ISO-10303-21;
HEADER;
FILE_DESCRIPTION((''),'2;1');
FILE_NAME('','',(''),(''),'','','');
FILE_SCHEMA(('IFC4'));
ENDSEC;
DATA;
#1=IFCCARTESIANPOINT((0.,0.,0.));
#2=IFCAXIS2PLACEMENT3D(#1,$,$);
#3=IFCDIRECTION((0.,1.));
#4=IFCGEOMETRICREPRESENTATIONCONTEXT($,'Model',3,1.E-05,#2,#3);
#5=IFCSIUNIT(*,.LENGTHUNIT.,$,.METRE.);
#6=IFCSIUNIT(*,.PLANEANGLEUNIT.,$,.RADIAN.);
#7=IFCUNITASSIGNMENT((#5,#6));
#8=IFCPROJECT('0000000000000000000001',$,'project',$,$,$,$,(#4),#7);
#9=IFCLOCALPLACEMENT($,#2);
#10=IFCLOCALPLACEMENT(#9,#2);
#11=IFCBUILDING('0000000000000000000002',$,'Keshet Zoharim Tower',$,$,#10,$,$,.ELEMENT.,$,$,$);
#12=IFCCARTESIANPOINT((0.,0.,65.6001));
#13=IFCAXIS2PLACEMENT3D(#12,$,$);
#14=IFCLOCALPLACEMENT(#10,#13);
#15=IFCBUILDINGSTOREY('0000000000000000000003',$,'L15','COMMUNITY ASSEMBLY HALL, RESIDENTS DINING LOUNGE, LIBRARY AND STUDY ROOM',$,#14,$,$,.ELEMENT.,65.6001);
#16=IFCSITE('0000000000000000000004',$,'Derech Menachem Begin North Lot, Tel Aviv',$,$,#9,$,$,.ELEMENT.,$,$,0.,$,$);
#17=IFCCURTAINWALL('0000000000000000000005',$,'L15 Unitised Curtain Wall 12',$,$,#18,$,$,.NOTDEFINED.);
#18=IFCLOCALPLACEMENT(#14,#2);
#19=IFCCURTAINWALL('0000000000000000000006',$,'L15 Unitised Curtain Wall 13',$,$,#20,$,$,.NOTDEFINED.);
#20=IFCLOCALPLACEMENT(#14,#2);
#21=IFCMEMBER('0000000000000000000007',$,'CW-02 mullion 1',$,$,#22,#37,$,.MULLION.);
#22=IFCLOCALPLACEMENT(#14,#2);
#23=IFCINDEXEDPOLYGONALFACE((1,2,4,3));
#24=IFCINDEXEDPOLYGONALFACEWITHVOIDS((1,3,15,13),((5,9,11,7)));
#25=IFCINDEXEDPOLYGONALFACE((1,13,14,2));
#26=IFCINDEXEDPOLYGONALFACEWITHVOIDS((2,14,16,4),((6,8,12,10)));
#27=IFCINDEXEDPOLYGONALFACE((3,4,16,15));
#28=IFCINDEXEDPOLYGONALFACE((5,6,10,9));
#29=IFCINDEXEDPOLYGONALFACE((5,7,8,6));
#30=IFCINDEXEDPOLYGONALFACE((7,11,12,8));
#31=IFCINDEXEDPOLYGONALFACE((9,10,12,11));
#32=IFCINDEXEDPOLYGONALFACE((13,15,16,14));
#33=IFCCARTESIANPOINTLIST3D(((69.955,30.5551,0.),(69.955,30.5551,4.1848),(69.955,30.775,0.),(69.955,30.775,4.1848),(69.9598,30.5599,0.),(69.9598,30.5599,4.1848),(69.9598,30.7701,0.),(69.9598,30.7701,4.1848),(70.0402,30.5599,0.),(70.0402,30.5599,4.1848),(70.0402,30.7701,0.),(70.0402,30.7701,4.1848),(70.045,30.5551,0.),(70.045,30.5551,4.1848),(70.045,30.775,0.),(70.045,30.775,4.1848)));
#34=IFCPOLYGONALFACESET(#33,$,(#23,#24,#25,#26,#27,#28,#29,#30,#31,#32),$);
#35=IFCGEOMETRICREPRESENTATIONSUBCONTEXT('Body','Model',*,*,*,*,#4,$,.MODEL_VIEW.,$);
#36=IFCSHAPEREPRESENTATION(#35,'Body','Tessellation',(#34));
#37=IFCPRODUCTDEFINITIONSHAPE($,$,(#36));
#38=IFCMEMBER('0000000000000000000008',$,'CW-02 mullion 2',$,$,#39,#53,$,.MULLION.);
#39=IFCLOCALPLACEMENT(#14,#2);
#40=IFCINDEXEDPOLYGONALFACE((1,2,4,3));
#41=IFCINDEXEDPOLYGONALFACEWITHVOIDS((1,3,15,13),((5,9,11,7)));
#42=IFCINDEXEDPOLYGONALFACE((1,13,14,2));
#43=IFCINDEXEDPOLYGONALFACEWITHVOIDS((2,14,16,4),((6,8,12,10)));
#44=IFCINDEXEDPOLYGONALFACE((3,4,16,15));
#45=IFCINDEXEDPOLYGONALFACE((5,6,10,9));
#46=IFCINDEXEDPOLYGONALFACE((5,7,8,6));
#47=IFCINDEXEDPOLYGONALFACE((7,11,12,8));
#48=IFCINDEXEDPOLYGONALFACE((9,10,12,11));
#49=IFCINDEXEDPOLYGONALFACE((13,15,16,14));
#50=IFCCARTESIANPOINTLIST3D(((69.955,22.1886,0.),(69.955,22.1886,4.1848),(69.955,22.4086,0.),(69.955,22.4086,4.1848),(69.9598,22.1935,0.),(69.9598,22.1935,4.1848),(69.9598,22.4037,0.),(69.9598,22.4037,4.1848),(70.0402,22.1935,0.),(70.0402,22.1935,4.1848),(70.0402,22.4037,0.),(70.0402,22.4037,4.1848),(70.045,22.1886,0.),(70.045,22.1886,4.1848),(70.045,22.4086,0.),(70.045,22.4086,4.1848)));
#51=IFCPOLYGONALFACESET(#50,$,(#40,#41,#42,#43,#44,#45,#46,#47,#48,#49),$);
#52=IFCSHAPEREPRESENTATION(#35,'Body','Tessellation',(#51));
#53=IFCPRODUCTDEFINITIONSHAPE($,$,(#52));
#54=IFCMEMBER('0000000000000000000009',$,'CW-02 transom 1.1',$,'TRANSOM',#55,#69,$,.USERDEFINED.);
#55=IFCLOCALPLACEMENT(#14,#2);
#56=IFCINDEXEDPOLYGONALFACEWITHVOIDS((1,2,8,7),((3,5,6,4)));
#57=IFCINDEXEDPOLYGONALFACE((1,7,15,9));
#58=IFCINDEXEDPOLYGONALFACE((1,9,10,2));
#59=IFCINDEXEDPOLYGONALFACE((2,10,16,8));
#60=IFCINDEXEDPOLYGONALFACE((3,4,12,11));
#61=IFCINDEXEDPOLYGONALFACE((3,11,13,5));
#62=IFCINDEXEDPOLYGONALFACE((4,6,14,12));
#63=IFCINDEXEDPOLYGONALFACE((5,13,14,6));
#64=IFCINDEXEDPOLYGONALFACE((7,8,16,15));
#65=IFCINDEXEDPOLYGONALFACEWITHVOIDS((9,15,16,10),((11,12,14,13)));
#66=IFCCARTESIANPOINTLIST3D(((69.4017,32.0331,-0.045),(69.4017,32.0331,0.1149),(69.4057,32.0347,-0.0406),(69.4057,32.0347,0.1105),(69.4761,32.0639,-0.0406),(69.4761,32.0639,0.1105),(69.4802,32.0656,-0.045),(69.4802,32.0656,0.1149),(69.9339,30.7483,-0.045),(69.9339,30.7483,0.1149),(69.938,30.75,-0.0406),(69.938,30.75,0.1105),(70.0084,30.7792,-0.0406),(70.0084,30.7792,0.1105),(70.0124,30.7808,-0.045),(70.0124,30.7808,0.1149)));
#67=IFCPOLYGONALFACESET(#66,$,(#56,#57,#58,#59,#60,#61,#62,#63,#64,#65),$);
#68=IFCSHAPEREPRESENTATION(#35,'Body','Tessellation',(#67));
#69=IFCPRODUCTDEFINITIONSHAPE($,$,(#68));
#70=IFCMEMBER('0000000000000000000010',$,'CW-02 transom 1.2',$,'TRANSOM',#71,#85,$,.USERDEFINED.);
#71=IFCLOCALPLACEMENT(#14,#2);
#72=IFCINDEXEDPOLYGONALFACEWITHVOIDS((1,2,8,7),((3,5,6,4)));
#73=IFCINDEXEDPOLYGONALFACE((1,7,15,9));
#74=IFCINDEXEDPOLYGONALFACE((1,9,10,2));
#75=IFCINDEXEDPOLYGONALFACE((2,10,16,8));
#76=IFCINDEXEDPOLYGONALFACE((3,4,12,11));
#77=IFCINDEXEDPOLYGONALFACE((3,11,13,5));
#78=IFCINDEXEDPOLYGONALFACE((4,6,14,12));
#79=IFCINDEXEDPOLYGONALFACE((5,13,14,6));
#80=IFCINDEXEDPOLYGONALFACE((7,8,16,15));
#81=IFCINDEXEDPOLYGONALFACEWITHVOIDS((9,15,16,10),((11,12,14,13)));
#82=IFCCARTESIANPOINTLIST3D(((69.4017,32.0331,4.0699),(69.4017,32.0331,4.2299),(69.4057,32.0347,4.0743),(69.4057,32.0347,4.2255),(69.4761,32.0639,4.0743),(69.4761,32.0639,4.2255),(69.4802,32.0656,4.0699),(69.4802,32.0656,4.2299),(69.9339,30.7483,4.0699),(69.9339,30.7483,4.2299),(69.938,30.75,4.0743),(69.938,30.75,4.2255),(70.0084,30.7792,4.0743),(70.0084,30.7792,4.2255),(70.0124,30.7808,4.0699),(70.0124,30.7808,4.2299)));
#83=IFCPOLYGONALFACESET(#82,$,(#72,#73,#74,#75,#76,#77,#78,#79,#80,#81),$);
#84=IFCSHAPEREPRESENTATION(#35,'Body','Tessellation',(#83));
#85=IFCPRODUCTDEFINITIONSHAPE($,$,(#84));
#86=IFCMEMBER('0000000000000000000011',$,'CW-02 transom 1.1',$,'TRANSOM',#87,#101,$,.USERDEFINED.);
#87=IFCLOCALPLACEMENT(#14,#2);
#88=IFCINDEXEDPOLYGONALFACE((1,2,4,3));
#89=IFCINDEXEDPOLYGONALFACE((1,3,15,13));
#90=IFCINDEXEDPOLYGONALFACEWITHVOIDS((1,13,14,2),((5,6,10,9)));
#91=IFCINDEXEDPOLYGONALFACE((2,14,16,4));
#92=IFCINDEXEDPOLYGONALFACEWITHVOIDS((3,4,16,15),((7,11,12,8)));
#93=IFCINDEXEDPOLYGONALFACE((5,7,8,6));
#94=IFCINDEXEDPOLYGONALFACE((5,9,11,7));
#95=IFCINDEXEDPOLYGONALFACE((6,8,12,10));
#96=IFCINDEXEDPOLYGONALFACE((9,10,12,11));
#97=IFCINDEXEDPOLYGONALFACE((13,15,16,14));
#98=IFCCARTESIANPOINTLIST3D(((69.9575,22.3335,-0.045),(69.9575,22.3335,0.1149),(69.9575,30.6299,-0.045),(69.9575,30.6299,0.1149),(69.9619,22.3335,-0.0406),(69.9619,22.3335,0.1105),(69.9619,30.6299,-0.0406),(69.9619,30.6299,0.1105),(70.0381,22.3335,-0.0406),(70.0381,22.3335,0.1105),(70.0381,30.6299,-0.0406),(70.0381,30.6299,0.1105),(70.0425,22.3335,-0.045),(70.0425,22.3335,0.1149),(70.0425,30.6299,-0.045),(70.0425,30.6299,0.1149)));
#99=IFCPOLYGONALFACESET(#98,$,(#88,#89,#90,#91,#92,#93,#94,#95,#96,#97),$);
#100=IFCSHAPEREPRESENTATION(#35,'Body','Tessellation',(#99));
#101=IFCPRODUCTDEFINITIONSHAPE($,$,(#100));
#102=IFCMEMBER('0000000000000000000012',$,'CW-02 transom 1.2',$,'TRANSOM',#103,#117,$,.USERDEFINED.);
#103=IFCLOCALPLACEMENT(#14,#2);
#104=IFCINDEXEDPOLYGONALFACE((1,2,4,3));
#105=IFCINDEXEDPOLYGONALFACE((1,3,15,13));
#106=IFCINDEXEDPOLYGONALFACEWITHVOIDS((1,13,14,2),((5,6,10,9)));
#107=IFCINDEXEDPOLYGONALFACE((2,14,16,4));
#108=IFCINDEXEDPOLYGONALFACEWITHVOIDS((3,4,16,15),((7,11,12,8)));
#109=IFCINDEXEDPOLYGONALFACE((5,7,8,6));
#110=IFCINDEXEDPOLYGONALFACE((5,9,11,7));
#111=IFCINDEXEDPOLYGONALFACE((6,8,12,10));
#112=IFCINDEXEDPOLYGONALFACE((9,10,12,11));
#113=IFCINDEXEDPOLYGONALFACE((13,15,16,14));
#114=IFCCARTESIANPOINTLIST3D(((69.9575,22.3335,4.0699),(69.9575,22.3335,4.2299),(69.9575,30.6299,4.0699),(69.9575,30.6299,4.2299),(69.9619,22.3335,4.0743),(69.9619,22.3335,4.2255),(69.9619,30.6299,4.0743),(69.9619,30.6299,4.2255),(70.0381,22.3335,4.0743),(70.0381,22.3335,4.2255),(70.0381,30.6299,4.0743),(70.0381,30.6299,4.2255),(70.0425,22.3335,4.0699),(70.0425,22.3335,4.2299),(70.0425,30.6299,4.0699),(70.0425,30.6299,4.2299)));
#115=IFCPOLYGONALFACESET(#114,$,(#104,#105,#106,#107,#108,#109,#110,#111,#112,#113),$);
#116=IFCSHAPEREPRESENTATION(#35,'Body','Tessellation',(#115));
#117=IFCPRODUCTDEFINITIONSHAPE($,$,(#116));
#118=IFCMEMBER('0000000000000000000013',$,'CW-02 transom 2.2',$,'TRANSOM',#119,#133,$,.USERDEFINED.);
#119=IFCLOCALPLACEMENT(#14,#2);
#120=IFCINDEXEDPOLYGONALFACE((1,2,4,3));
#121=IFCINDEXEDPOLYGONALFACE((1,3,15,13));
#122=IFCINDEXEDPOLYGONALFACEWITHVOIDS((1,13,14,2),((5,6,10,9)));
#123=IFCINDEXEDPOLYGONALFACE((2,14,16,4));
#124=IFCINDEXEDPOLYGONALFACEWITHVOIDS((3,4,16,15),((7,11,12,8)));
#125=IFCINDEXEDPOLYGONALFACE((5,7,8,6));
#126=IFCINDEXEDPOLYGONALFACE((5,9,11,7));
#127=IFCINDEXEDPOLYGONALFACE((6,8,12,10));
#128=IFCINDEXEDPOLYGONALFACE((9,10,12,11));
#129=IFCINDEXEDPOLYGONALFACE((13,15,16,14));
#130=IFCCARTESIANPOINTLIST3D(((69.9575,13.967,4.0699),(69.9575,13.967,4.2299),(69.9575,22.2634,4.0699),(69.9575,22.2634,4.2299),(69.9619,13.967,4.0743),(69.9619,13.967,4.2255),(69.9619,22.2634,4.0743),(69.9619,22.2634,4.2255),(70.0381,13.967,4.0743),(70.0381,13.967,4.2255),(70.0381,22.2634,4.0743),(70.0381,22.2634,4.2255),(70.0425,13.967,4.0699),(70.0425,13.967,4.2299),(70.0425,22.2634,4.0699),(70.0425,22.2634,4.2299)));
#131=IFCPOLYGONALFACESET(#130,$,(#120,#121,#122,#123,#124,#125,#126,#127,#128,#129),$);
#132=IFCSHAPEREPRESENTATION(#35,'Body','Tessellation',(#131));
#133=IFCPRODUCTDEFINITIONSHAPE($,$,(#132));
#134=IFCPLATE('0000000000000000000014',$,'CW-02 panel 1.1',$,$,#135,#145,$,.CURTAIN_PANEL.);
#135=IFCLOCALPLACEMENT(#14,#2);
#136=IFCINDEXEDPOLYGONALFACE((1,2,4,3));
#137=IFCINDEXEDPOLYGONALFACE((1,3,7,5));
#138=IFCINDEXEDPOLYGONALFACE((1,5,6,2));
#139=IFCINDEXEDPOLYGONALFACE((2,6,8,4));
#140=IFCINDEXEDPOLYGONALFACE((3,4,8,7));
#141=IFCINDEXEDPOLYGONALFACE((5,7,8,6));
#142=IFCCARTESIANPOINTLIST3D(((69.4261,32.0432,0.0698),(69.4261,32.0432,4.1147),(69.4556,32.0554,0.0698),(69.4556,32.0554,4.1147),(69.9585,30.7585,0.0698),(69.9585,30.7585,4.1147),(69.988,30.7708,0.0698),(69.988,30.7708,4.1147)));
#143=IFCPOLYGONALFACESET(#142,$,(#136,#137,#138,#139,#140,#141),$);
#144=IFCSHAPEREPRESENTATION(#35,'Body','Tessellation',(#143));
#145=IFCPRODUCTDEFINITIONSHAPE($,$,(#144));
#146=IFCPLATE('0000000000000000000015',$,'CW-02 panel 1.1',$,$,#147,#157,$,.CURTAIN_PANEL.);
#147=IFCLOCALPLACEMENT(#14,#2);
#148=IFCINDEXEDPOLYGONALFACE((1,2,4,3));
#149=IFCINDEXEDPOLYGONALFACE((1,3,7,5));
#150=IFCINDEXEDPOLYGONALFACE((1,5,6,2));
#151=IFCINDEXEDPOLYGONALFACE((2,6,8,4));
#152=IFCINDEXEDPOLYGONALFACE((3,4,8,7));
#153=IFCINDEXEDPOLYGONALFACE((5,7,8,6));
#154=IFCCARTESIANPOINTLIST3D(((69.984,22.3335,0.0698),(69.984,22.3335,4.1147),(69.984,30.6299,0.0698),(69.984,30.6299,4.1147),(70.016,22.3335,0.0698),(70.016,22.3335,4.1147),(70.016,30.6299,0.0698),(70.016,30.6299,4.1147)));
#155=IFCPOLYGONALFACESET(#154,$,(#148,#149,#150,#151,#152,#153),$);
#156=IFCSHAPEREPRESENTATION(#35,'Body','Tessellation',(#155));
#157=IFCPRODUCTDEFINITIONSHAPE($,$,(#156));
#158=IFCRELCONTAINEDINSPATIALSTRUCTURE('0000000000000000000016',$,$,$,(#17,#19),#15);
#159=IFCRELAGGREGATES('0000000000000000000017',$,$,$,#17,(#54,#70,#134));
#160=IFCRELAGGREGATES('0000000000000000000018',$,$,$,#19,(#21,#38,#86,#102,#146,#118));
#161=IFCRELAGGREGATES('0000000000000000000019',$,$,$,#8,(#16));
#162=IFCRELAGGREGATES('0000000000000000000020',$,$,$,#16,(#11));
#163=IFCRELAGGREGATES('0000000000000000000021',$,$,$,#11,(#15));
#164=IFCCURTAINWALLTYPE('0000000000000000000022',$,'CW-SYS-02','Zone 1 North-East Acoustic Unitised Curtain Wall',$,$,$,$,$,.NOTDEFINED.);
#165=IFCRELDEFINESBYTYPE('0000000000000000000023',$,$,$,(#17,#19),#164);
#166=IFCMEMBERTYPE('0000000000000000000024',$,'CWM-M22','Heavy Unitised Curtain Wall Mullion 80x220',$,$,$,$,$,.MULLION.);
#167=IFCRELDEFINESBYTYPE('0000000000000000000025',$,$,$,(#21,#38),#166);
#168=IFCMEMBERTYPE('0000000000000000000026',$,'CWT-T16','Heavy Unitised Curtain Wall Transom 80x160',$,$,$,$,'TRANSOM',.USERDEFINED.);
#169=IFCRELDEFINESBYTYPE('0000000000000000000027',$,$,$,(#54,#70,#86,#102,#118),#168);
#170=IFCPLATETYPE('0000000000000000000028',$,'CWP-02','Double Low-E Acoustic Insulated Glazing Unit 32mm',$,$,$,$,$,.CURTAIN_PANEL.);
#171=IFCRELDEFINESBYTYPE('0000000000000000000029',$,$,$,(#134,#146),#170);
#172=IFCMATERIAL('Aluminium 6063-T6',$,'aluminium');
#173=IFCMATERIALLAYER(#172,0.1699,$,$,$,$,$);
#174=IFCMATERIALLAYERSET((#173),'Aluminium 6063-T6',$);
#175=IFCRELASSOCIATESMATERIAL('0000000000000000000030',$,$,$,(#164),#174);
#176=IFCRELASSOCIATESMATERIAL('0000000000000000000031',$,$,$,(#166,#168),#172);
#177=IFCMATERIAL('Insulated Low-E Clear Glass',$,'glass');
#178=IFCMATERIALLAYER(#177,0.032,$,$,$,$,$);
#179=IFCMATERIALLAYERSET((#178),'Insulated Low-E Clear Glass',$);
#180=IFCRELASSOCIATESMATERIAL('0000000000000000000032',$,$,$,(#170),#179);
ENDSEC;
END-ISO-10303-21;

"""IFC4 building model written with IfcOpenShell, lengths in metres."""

from ifc_helpers import new_model, si_unit, direction, frame, origin, origin_2d, place, context, subcontext, project, spatial, rectangle, hollow_rectangle, extrude, material, layer, layer_set, material_profile, profile_set, type_object, element, aggregate, save


model = new_model("IFC4")

# Units and contexts
model_context = context("Model", 3, precision=1e-05, world=origin(), true_north=direction((0.0, 1.0)))
body_context = subcontext(model_context, "Body", "Model", "MODEL_VIEW")
ifc_project = project(units=[si_unit("LENGTHUNIT", "METRE"), si_unit("PLANEANGLEUNIT", "RADIAN")], contexts=[model_context])

# Site, building, storey
site_placement = place(None, origin())
site = spatial("IfcSite", under=ifc_project, at=site_placement, Name="Derech Menachem Begin North Lot, Tel Aviv", CompositionType="ELEMENT", RefElevation=0.0)
building_placement = place(site_placement, origin())
building = spatial("IfcBuilding", under=site, at=building_placement, Name="Keshet Zoharim Tower", CompositionType="ELEMENT")
storey_placement = place(building_placement, frame((0.0, 0.0, 65.6001)))
storey = spatial("IfcBuildingStorey", under=building, at=storey_placement, Name="L15", Description="COMMUNITY ASSEMBLY HALL, RESIDENTS DINING LOUNGE, LIBRARY AND STUDY ROOM", CompositionType="ELEMENT", Elevation=65.6001)

# Shared definitions
ifc_material_1 = material(Name="Aluminium 6063-T6", Category="aluminium")
ifc_layer_1 = layer(ifc_material_1, 0.1699)
ifc_layer_set_1 = layer_set([ifc_layer_1], Name="Aluminium 6063-T6")
curtain_wall_type = type_object("IfcCurtainWallType", Name="CW-SYS-02", Description="Zone 1 North-East Acoustic Unitised Curtain Wall", PredefinedType="NOTDEFINED", material=ifc_layer_set_1)
ifc_material_profile_1 = material_profile(ifc_material_1, hollow_rectangle(XDim=0.0901, YDim=0.22, WallThickness=0.0049, at=origin_2d()), Name="MUL-90x220")
ifc_profile_set_1 = profile_set([ifc_material_profile_1], Name="Aluminium 6063-T6")
member_type_1 = type_object("IfcMemberType", Name="CWM-M22", Description="Heavy Unitised Curtain Wall Mullion 80x220", PredefinedType="MULLION", material=ifc_profile_set_1)

# Curtain walls, members
curtain_wall_1_placement = place(storey_placement, origin())
curtain_wall_1 = element("IfcCurtainWall", 1, at=curtain_wall_1_placement, inside=storey, type_object=curtain_wall_type, Name="L15 Unitised Curtain Wall 12", PredefinedType="NOTDEFINED")
curtain_wall_2_placement = place(storey_placement, origin())
curtain_wall_2 = element("IfcCurtainWall", 2, at=curtain_wall_2_placement, inside=storey, type_object=curtain_wall_type, Name="L15 Unitised Curtain Wall 13", PredefinedType="NOTDEFINED")
member_1_placement = place(storey_placement, frame((70.0, 30.665, 0.0), z_axis=(0.0, 0.0, 1.0), x_axis=(1.0, 0.0, 0.0)))
member_1 = element("IfcMember", 3, at=member_1_placement, type_object=member_type_1, Name="CW-02 mullion 1", PredefinedType="MULLION", context=body_context, shape_type="SweptSolid", body=[
    extrude(hollow_rectangle(XDim=0.0901, YDim=0.22, WallThickness=0.0049, at=origin_2d()), origin(), (0.0, 0.0, 1.0), 4.1848),
])
member_2_placement = place(storey_placement, frame((70.0, 22.2986, 0.0), z_axis=(0.0, 0.0, 1.0), x_axis=(1.0, 0.0, 0.0)))
member_2 = element("IfcMember", 4, at=member_2_placement, type_object=member_type_1, Name="CW-02 mullion 2", PredefinedType="MULLION", context=body_context, shape_type="SweptSolid", body=[
    extrude(hollow_rectangle(XDim=0.0901, YDim=0.22, WallThickness=0.0049, at=origin_2d()), origin(), (0.0, 0.0, 1.0), 4.1848),
])

# Members
ifc_material_profile_2 = material_profile(ifc_material_1, hollow_rectangle(XDim=0.085, YDim=0.1599, WallThickness=0.0044, at=origin_2d()), Name="TRN-85x160")
ifc_profile_set_2 = profile_set([ifc_material_profile_2], Name="Aluminium 6063-T6")
member_type_2 = type_object("IfcMemberType", Name="CWT-T16", Description="Heavy Unitised Curtain Wall Transom 80x160", ElementType="TRANSOM", PredefinedType="USERDEFINED", material=ifc_profile_set_2)
member_3_placement = place(storey_placement, frame((69.4409, 32.0493, 0.0349), z_axis=(0.382745, -0.923854, 0.0), x_axis=(0.923854, 0.382745, 0.0)))
member_3 = element("IfcMember", 5, at=member_3_placement, type_object=member_type_2, Name="CW-02 transom 1.1", ObjectType="TRANSOM", PredefinedType="USERDEFINED", context=body_context, shape_type="SweptSolid", body=[
    extrude(hollow_rectangle(XDim=0.085, YDim=0.1599, WallThickness=0.0044, at=origin_2d()), origin(), (0.0, 0.0, 1.0), 1.3906),
])
member_4_placement = place(storey_placement, frame((69.4409, 32.0493, 4.1499), z_axis=(0.382745, -0.923854, 0.0), x_axis=(0.923854, 0.382745, 0.0)))
member_4 = element("IfcMember", 6, at=member_4_placement, type_object=member_type_2, Name="CW-02 transom 1.2", ObjectType="TRANSOM", PredefinedType="USERDEFINED", context=body_context, shape_type="SweptSolid", body=[
    extrude(hollow_rectangle(XDim=0.085, YDim=0.1599, WallThickness=0.0044, at=origin_2d()), origin(), (0.0, 0.0, 1.0), 1.3906),
])
member_5_placement = place(storey_placement, frame((70.0, 30.6299, 0.0349), z_axis=(0.0, -1.0, 0.0), x_axis=(1.0, 0.0, 0.0)))
member_5 = element("IfcMember", 7, at=member_5_placement, type_object=member_type_2, Name="CW-02 transom 1.1", ObjectType="TRANSOM", PredefinedType="USERDEFINED", context=body_context, shape_type="SweptSolid", body=[
    extrude(hollow_rectangle(XDim=0.085, YDim=0.1599, WallThickness=0.0044, at=origin_2d()), origin(), (0.0, 0.0, 1.0), 8.2964),
])
member_6_placement = place(storey_placement, frame((70.0, 30.6299, 4.1499), z_axis=(0.0, -1.0, 0.0), x_axis=(1.0, 0.0, 0.0)))
member_6 = element("IfcMember", 8, at=member_6_placement, type_object=member_type_2, Name="CW-02 transom 1.2", ObjectType="TRANSOM", PredefinedType="USERDEFINED", context=body_context, shape_type="SweptSolid", body=[
    extrude(hollow_rectangle(XDim=0.085, YDim=0.1599, WallThickness=0.0044, at=origin_2d()), origin(), (0.0, 0.0, 1.0), 8.2964),
])
member_7_placement = place(storey_placement, frame((70.0, 22.2634, 4.1499), z_axis=(0.0, -1.0, 0.0), x_axis=(1.0, 0.0, 0.0)))
member_7 = element("IfcMember", 9, at=member_7_placement, type_object=member_type_2, Name="CW-02 transom 2.2", ObjectType="TRANSOM", PredefinedType="USERDEFINED", context=body_context, shape_type="SweptSolid", body=[
    extrude(hollow_rectangle(XDim=0.085, YDim=0.1599, WallThickness=0.0044, at=origin_2d()), origin(), (0.0, 0.0, 1.0), 8.2964),
])

# Plates
ifc_material_2 = material(Name="Insulated Low-E Clear Glass", Category="glass")
ifc_layer_2 = layer(ifc_material_2, 0.032)
ifc_layer_set_2 = layer_set([ifc_layer_2], Name="Insulated Low-E Clear Glass")
plate_type = type_object("IfcPlateType", Name="CWP-02", Description="Double Low-E Acoustic Insulated Glazing Unit 32mm", PredefinedType="CURTAIN_PANEL", material=ifc_layer_set_2)
plate_1_placement = place(storey_placement, frame((69.707, 31.407, 0.0698), z_axis=(0.0, 0.0, 1.0), x_axis=(0.382852, -0.92381, 0.0)))
plate_1 = element("IfcPlate", 10, at=plate_1_placement, type_object=plate_type, Name="CW-02 panel 1.1", PredefinedType="CURTAIN_PANEL", context=body_context, shape_type="SweptSolid", body=[
    extrude(rectangle(XDim=1.3906, YDim=0.032, at=origin_2d()), origin(), (0.0, 0.0, 1.0), 4.0449),
])
aggregate(curtain_wall_1, [member_3, member_4, plate_1])
plate_2_placement = place(storey_placement, frame((70.0, 26.4817, 0.0698), z_axis=(0.0, 0.0, 1.0), x_axis=(0.0, -1.0, 0.0)))
plate_2 = element("IfcPlate", 11, at=plate_2_placement, type_object=plate_type, Name="CW-02 panel 1.1", PredefinedType="CURTAIN_PANEL", context=body_context, shape_type="SweptSolid", body=[
    extrude(rectangle(XDim=8.2964, YDim=0.032, at=origin_2d()), origin(), (0.0, 0.0, 1.0), 4.0449),
])
aggregate(curtain_wall_2, [member_1, member_2, member_5, member_6, plate_2, member_7])

save(model, "model.ifc")
